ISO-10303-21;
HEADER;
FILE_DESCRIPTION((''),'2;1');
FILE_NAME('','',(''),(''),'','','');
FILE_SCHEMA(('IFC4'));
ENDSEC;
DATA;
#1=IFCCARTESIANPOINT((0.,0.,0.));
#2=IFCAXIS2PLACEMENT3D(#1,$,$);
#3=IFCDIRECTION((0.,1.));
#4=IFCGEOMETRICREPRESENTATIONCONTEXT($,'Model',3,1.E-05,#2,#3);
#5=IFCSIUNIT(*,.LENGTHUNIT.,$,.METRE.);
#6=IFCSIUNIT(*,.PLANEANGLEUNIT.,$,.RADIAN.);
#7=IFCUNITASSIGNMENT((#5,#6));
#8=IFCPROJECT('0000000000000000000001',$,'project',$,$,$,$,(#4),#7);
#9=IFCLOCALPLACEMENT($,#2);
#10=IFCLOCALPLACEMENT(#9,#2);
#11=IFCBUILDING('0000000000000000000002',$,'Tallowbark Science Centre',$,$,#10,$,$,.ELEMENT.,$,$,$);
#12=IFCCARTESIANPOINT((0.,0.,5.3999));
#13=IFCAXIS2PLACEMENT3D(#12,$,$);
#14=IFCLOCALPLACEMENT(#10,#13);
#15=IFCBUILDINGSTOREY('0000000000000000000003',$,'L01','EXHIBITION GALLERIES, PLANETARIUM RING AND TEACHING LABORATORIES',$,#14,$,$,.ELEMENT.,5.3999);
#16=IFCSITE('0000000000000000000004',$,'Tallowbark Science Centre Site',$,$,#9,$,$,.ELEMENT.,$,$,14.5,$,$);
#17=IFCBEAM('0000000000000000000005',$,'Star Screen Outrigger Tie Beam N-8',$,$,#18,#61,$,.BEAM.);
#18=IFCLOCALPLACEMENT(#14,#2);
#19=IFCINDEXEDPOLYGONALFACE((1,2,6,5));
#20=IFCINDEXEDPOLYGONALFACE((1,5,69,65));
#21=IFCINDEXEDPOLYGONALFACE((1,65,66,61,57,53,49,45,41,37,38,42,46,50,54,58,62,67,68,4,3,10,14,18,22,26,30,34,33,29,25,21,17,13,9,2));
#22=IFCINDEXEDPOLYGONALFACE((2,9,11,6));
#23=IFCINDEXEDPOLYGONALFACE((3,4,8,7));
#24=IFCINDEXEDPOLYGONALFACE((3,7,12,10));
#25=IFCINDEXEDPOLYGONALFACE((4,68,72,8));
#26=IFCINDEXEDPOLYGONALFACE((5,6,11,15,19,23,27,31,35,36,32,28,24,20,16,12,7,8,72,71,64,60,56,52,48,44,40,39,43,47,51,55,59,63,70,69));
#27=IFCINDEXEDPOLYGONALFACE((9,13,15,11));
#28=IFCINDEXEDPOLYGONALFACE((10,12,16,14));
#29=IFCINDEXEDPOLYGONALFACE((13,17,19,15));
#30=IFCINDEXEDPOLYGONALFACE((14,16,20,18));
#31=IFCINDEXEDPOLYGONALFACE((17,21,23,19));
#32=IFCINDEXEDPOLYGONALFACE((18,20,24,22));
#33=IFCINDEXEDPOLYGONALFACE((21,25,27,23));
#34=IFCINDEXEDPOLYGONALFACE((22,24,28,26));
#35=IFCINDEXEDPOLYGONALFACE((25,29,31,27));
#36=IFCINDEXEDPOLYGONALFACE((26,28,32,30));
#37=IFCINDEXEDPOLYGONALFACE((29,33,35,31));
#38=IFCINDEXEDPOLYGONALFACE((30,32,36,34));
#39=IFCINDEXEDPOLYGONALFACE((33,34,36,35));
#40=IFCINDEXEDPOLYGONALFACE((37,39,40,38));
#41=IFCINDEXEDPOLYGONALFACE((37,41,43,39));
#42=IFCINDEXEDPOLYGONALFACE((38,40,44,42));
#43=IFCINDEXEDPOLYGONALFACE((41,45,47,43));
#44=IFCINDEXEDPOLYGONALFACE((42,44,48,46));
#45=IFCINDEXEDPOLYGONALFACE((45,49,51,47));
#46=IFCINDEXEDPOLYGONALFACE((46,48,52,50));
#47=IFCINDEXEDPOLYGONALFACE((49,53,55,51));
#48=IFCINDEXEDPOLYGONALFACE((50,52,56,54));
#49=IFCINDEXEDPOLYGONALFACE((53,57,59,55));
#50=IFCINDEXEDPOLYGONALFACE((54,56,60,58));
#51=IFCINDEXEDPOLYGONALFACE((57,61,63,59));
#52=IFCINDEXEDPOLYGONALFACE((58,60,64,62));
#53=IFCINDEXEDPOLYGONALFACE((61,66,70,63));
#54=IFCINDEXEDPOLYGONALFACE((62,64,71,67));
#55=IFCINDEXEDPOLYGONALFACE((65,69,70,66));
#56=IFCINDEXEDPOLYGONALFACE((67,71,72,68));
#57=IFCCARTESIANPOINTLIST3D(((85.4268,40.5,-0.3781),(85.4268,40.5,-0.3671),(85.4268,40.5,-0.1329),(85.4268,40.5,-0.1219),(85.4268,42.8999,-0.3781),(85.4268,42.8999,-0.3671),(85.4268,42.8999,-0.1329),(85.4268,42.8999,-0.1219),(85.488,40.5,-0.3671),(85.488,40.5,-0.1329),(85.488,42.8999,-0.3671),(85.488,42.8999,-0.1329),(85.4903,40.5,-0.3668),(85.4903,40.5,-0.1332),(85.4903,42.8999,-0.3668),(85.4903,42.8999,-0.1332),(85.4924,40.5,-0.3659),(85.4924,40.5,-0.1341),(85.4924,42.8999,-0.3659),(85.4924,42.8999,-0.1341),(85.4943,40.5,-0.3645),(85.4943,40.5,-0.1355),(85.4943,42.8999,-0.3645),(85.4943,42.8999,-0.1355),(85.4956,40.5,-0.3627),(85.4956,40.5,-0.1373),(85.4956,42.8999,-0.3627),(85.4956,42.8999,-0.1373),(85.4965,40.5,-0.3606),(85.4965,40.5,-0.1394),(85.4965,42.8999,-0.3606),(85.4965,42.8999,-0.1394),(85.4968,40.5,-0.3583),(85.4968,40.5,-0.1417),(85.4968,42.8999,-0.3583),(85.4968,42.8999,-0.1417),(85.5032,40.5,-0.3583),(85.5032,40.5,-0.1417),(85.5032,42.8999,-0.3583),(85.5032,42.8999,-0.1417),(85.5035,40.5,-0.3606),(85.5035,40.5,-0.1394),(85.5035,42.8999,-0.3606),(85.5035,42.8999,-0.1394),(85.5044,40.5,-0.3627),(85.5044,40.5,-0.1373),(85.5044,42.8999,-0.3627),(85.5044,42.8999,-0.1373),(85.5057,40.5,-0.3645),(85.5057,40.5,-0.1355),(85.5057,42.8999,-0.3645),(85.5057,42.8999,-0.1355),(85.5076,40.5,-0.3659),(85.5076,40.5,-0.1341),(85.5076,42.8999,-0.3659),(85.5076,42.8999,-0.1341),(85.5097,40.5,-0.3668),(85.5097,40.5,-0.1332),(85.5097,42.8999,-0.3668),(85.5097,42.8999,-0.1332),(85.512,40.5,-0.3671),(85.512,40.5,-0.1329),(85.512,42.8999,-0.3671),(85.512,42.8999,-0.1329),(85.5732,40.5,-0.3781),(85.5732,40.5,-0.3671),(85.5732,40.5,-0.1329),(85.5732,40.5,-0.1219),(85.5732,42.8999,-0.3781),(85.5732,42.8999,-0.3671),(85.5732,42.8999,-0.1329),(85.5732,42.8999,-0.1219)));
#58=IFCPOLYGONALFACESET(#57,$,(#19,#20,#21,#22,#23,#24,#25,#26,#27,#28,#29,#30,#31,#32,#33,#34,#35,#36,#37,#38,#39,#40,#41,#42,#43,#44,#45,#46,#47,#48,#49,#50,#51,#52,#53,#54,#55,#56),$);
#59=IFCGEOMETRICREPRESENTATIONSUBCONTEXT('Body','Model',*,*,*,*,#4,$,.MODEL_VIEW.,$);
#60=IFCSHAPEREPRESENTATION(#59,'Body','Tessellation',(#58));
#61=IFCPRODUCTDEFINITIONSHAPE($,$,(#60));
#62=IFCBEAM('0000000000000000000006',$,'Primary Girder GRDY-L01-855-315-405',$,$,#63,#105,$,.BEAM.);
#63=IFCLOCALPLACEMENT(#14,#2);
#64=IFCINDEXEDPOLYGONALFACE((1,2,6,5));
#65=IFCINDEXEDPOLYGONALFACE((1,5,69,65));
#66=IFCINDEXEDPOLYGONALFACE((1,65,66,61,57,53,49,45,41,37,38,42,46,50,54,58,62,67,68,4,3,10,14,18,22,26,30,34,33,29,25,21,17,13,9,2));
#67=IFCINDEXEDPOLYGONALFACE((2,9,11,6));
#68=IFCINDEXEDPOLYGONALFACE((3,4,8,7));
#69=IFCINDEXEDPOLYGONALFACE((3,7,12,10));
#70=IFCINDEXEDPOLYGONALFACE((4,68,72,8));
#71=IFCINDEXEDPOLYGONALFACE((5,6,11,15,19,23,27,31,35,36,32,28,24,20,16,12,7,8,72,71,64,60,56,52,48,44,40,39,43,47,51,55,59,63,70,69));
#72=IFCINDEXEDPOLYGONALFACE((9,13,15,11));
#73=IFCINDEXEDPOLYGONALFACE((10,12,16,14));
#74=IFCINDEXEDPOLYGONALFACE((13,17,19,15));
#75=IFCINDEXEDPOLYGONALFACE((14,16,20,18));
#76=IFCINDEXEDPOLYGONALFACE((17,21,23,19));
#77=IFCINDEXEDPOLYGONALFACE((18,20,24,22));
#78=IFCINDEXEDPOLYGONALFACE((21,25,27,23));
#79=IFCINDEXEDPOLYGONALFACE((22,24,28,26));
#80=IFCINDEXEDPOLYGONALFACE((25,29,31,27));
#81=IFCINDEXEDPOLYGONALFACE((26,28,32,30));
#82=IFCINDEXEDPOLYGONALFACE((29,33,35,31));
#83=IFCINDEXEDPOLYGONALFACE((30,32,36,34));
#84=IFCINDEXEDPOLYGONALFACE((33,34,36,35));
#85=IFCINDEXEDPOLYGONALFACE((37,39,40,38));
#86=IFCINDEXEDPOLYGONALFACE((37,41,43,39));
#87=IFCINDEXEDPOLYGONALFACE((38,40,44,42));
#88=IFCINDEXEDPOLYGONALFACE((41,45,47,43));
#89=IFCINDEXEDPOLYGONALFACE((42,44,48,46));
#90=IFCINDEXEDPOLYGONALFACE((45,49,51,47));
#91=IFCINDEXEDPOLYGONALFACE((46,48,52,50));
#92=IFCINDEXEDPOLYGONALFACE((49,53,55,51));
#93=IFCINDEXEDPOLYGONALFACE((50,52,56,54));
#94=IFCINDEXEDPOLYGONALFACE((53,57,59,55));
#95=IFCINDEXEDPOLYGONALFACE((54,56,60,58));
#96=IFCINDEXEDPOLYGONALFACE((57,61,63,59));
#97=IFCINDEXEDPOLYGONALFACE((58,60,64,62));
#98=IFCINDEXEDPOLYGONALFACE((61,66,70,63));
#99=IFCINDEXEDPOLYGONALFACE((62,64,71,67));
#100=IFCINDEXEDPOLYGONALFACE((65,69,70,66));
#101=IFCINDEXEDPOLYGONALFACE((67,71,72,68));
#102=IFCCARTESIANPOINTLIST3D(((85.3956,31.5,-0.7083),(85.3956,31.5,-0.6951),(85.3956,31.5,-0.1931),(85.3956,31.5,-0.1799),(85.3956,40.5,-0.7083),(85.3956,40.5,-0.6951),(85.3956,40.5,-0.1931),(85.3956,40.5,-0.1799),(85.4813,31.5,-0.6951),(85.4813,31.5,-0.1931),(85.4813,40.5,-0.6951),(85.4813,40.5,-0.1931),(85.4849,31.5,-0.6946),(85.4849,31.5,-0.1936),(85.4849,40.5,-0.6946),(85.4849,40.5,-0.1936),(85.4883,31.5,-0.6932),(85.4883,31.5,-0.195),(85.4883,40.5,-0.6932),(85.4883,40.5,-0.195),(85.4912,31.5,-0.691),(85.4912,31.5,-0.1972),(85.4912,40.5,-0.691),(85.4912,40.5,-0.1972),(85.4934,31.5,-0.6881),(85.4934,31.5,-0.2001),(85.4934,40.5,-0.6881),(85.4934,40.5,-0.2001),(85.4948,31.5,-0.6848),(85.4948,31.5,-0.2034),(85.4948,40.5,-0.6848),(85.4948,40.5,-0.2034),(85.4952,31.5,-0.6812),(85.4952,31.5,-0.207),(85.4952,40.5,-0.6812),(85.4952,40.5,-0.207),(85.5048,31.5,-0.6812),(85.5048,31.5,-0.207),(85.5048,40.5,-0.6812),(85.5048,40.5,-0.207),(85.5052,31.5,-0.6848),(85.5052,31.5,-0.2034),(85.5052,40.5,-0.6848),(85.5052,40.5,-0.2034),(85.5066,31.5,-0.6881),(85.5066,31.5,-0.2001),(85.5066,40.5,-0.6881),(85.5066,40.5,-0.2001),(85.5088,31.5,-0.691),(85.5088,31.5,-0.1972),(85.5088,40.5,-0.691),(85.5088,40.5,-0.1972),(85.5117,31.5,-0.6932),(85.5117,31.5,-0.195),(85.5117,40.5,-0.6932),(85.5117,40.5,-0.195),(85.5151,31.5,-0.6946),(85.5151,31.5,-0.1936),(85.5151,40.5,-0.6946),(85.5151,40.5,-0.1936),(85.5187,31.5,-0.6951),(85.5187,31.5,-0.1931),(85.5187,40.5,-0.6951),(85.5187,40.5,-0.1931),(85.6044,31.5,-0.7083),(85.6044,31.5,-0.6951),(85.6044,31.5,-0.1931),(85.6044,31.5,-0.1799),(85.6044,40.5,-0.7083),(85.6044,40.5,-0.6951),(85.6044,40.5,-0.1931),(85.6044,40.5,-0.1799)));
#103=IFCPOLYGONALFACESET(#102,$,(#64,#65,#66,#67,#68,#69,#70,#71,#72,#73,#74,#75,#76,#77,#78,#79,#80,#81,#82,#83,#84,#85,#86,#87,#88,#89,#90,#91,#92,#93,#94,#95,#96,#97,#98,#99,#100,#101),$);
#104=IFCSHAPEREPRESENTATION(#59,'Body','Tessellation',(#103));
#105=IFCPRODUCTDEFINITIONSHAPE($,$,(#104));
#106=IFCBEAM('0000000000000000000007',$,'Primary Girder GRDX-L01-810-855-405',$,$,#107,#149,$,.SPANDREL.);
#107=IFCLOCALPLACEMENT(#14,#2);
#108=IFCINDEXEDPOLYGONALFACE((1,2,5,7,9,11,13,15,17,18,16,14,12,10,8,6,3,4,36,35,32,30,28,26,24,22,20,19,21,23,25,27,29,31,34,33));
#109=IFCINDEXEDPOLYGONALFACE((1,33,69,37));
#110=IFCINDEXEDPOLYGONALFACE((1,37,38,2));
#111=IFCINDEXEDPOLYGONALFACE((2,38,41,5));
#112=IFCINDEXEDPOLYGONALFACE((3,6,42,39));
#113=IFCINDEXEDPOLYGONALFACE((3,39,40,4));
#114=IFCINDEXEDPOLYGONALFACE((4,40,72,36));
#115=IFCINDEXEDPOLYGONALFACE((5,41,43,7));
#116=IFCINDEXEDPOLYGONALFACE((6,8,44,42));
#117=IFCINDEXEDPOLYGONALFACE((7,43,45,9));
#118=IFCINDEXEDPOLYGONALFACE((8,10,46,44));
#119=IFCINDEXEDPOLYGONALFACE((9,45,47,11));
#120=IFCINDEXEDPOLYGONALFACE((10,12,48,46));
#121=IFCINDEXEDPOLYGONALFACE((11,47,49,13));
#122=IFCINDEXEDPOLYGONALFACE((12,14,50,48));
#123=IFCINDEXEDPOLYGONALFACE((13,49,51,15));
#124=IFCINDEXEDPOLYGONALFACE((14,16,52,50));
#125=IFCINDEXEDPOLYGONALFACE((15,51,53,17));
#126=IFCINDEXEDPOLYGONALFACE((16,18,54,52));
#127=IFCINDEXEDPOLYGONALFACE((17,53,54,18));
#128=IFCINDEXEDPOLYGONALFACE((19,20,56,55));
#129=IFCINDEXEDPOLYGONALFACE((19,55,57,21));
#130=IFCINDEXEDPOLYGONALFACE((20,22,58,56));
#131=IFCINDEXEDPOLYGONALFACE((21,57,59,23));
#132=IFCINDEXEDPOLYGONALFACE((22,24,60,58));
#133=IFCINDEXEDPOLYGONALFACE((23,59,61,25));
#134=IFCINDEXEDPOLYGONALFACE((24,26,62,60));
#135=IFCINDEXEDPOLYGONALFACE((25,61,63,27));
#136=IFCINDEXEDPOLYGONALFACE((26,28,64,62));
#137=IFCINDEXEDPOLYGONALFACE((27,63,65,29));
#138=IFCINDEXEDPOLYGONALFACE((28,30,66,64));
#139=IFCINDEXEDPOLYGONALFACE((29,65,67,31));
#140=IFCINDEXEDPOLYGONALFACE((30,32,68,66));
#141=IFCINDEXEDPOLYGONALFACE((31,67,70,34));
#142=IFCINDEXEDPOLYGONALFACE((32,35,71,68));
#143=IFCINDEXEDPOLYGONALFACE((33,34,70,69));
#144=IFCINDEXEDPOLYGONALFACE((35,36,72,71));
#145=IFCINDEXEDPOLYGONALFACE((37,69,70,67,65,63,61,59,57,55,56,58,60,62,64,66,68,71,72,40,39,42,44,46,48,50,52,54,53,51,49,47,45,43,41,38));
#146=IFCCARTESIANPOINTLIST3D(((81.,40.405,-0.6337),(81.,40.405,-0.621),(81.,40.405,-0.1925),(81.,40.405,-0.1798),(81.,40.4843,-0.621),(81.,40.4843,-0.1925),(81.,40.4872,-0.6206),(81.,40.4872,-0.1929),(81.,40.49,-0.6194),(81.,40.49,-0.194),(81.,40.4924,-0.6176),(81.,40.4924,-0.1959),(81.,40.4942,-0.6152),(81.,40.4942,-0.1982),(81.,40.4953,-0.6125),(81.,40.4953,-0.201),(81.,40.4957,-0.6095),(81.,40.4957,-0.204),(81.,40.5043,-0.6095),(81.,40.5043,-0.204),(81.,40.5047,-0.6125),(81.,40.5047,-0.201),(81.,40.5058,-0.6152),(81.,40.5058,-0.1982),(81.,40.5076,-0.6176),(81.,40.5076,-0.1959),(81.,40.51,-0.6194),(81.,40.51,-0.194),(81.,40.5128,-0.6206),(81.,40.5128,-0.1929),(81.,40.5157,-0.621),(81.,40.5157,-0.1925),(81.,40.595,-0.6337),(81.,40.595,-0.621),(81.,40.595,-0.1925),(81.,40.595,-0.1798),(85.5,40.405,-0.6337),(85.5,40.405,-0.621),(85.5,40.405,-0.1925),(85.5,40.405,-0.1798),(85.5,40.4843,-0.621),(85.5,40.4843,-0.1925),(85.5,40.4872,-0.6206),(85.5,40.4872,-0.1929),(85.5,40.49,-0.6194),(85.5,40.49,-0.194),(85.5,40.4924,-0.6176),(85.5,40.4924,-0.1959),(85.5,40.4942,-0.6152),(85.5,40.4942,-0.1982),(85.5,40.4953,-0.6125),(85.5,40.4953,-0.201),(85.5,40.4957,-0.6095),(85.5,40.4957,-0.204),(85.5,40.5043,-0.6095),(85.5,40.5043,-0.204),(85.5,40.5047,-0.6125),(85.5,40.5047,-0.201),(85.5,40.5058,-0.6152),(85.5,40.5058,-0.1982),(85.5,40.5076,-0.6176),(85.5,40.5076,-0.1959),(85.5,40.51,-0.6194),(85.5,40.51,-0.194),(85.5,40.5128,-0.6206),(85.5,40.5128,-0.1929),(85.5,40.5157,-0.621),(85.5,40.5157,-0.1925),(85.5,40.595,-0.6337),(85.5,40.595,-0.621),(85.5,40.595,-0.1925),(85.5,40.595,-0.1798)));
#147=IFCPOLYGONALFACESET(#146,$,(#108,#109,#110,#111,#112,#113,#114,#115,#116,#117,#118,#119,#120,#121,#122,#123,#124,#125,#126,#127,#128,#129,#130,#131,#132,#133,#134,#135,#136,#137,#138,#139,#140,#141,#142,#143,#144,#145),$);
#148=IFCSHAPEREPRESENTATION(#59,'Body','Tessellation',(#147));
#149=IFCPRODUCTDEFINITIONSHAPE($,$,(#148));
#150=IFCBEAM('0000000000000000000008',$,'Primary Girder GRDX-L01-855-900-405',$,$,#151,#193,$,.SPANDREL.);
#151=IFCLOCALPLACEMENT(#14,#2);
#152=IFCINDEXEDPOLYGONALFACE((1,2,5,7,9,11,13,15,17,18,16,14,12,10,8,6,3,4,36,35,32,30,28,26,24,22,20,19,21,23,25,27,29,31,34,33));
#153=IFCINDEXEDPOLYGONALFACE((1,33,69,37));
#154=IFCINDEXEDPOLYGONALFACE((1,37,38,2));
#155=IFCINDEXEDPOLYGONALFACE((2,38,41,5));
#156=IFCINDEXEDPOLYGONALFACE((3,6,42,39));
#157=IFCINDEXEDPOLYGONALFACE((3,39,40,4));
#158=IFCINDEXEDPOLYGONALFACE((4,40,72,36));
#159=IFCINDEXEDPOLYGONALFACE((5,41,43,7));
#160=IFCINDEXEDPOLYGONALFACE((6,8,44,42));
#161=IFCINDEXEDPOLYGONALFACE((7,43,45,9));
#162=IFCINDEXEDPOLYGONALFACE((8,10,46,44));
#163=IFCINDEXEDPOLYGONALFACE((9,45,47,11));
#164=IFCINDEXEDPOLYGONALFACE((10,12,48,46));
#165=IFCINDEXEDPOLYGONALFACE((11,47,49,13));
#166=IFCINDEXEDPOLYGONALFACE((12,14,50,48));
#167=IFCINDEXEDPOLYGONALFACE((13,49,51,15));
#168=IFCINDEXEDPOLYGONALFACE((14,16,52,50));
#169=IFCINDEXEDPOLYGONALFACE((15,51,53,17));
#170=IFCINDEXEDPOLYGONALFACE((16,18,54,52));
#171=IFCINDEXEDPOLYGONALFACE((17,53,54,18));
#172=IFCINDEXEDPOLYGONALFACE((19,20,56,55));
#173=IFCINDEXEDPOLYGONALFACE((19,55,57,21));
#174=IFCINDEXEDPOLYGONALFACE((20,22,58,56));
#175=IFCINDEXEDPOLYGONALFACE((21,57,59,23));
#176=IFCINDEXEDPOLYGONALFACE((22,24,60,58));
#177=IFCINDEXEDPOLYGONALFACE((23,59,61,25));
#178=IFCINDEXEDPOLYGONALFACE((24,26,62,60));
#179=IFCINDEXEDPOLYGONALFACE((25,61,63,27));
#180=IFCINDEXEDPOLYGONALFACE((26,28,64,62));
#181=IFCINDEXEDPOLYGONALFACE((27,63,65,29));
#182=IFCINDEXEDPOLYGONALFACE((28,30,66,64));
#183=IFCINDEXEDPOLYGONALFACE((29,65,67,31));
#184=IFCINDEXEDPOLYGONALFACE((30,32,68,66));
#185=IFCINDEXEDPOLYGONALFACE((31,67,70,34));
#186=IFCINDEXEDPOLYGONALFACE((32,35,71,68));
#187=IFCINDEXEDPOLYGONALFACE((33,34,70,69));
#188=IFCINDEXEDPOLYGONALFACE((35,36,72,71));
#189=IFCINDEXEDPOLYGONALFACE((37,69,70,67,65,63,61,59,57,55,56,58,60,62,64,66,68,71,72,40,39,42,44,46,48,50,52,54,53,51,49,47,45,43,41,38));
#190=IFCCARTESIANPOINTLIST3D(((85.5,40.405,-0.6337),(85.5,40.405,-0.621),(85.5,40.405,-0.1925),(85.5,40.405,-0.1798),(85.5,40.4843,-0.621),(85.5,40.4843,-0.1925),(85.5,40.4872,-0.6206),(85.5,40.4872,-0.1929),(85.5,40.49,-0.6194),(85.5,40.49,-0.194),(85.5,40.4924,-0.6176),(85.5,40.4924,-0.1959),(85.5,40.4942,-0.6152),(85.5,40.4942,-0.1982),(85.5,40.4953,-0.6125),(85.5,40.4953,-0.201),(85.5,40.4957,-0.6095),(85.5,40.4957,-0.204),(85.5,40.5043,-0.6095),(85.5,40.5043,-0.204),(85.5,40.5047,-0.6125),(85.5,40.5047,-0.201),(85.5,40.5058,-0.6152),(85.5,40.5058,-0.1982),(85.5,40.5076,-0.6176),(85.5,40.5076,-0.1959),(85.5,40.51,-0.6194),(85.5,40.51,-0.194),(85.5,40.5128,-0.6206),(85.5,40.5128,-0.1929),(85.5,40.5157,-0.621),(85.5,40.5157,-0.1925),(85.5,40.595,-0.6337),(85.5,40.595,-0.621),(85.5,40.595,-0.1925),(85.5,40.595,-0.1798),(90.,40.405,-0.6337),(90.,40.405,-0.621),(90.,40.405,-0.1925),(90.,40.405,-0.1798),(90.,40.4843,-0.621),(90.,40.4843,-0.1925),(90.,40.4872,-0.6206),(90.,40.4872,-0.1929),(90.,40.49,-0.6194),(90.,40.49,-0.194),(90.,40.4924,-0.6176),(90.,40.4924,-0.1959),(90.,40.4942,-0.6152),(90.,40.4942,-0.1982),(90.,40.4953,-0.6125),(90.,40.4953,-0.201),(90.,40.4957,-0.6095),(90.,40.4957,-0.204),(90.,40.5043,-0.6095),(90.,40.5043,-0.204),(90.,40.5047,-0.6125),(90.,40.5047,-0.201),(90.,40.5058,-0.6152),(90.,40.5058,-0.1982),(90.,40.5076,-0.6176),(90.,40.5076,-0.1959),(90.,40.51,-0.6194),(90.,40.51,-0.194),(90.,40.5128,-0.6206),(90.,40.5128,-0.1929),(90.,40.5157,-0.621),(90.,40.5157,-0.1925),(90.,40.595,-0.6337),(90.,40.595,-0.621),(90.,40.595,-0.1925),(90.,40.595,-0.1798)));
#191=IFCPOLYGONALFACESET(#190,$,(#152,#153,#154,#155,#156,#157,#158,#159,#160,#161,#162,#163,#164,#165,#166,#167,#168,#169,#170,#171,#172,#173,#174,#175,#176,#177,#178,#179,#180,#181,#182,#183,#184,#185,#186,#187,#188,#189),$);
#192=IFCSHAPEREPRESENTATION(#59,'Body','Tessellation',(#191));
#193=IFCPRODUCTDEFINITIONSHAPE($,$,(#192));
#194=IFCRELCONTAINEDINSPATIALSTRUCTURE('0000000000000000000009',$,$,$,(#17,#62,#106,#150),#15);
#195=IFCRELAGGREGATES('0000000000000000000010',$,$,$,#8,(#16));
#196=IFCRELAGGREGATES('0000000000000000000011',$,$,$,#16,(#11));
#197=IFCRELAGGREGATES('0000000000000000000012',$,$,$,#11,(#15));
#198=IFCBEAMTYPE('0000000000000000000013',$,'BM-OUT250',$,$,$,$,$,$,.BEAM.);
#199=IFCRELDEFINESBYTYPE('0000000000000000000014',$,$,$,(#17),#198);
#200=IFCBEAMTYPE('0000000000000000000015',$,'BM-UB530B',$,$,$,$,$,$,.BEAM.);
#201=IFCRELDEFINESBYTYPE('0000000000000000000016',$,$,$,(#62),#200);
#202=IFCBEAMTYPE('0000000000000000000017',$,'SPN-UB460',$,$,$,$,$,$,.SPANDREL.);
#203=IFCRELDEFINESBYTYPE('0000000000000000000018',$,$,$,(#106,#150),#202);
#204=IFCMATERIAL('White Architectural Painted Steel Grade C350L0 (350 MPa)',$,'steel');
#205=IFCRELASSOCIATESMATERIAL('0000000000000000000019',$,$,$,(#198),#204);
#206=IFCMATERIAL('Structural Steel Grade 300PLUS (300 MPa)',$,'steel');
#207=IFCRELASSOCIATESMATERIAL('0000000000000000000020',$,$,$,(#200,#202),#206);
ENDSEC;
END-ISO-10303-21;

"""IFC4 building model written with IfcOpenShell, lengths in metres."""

from ifc_helpers import new_model, si_unit, direction, frame, origin, origin_2d, place, context, subcontext, project, spatial, i_section, extrude, material, material_profile, profile_set, type_object, element, save


model = new_model("IFC4")

# Units and contexts
model_context = context("Model", 3, precision=1e-05, world=origin(), true_north=direction((0.0, 1.0)))
body_context = subcontext(model_context, "Body", "Model", "MODEL_VIEW")
ifc_project = project(units=[si_unit("LENGTHUNIT", "METRE"), si_unit("PLANEANGLEUNIT", "RADIAN")], contexts=[model_context])

# Site, building, storey
site_placement = place(None, origin())
site = spatial("IfcSite", under=ifc_project, at=site_placement, Name="Tallowbark Science Centre Site", CompositionType="ELEMENT", RefElevation=14.5)
building_placement = place(site_placement, origin())
building = spatial("IfcBuilding", under=site, at=building_placement, Name="Tallowbark Science Centre", CompositionType="ELEMENT")
storey_placement = place(building_placement, frame((0.0, 0.0, 5.3999)))
storey = spatial("IfcBuildingStorey", under=building, at=storey_placement, Name="L01", Description="EXHIBITION GALLERIES, PLANETARIUM RING AND TEACHING LABORATORIES", CompositionType="ELEMENT", Elevation=5.3999)

# Shared definitions
ifc_material_1 = material(Name="Structural Steel Grade 300PLUS (300 MPa)", Category="steel")

# Beams
ifc_material_2 = material(Name="White Architectural Painted Steel Grade C350L0 (350 MPa)", Category="steel")
ifc_material_profile_1 = material_profile(ifc_material_2, i_section(OverallWidth=0.1465, OverallDepth=0.2561, WebThickness=0.0063, FlangeThickness=0.011, FilletRadius=0.0088, at=origin_2d()), Name="250UB37.3")
ifc_profile_set_1 = profile_set([ifc_material_profile_1], Name="White Architectural Painted Steel Grade C350L0 (350 MPa)")
beam_type_1 = type_object("IfcBeamType", Name="BM-OUT250", PredefinedType="BEAM", material=ifc_profile_set_1)
beam_1_placement = place(storey_placement, frame((85.5, 40.5, -0.25), z_axis=(0.0, 1.0, 0.0), x_axis=(-1.0, 0.0, 0.0)))
element("IfcBeam", 1, at=beam_1_placement, inside=storey, type_object=beam_type_1, Name="Star Screen Outrigger Tie Beam N-8", PredefinedType="BEAM", context=body_context, shape_type="SweptSolid", body=[
    extrude(i_section(OverallWidth=0.1465, OverallDepth=0.2561, WebThickness=0.0063, FlangeThickness=0.011, FilletRadius=0.0088, at=origin_2d()), origin(), (0.0, 0.0, 1.0), 2.3999),
])
ifc_material_profile_2 = material_profile(ifc_material_1, i_section(OverallWidth=0.2087, OverallDepth=0.5283, WebThickness=0.0095, FlangeThickness=0.0132, FilletRadius=0.0139, at=origin_2d()), Name="530UB82.0")
ifc_profile_set_2 = profile_set([ifc_material_profile_2], Name="Structural Steel Grade 300PLUS (300 MPa)")
beam_type_2 = type_object("IfcBeamType", Name="BM-UB530B", PredefinedType="BEAM", material=ifc_profile_set_2)
beam_2_placement = place(storey_placement, frame((85.5, 31.5, -0.4441), z_axis=(0.0, 1.0, 0.0), x_axis=(-1.0, 0.0, 0.0)))
element("IfcBeam", 2, at=beam_2_placement, inside=storey, type_object=beam_type_2, Name="Primary Girder GRDY-L01-855-315-405", PredefinedType="BEAM", context=body_context, shape_type="SweptSolid", body=[
    extrude(i_section(OverallWidth=0.2087, OverallDepth=0.5283, WebThickness=0.0095, FlangeThickness=0.0132, FilletRadius=0.0139, at=origin_2d()), origin(), (0.0, 0.0, 1.0), 9.0),
])
ifc_material_profile_3 = material_profile(ifc_material_1, i_section(OverallWidth=0.1899, OverallDepth=0.4539, WebThickness=0.0085, FlangeThickness=0.0127, FilletRadius=0.0115, at=origin_2d()), Name="460UB67.1")
ifc_profile_set_3 = profile_set([ifc_material_profile_3], Name="Structural Steel Grade 300PLUS (300 MPa)")
beam_type_3 = type_object("IfcBeamType", Name="SPN-UB460", PredefinedType="SPANDREL", material=ifc_profile_set_3)
for number, where, z_axis, x_axis, name in (
    (3, (81.0, 40.5, -0.4067), (1.0, 0.0, 0.0), (0.0, 1.0, 0.0), "Primary Girder GRDX-L01-810-855-405"),
    (4, (85.5, 40.5, -0.4067), (1.0, 0.0, 0.0), (0.0, 1.0, 0.0), "Primary Girder GRDX-L01-855-900-405"),
):
    element("IfcBeam", number, at=place(storey_placement, frame(where, z_axis=z_axis, x_axis=x_axis)), inside=storey, type_object=beam_type_3, Name=name, PredefinedType="SPANDREL", context=body_context, shape_type="SweptSolid", body=[
        extrude(i_section(OverallWidth=0.1899, OverallDepth=0.4539, WebThickness=0.0085, FlangeThickness=0.0127, FilletRadius=0.0115, at=origin_2d()), origin(), (0.0, 0.0, 1.0), 4.5),
    ])

save(model, "model.ifc")
